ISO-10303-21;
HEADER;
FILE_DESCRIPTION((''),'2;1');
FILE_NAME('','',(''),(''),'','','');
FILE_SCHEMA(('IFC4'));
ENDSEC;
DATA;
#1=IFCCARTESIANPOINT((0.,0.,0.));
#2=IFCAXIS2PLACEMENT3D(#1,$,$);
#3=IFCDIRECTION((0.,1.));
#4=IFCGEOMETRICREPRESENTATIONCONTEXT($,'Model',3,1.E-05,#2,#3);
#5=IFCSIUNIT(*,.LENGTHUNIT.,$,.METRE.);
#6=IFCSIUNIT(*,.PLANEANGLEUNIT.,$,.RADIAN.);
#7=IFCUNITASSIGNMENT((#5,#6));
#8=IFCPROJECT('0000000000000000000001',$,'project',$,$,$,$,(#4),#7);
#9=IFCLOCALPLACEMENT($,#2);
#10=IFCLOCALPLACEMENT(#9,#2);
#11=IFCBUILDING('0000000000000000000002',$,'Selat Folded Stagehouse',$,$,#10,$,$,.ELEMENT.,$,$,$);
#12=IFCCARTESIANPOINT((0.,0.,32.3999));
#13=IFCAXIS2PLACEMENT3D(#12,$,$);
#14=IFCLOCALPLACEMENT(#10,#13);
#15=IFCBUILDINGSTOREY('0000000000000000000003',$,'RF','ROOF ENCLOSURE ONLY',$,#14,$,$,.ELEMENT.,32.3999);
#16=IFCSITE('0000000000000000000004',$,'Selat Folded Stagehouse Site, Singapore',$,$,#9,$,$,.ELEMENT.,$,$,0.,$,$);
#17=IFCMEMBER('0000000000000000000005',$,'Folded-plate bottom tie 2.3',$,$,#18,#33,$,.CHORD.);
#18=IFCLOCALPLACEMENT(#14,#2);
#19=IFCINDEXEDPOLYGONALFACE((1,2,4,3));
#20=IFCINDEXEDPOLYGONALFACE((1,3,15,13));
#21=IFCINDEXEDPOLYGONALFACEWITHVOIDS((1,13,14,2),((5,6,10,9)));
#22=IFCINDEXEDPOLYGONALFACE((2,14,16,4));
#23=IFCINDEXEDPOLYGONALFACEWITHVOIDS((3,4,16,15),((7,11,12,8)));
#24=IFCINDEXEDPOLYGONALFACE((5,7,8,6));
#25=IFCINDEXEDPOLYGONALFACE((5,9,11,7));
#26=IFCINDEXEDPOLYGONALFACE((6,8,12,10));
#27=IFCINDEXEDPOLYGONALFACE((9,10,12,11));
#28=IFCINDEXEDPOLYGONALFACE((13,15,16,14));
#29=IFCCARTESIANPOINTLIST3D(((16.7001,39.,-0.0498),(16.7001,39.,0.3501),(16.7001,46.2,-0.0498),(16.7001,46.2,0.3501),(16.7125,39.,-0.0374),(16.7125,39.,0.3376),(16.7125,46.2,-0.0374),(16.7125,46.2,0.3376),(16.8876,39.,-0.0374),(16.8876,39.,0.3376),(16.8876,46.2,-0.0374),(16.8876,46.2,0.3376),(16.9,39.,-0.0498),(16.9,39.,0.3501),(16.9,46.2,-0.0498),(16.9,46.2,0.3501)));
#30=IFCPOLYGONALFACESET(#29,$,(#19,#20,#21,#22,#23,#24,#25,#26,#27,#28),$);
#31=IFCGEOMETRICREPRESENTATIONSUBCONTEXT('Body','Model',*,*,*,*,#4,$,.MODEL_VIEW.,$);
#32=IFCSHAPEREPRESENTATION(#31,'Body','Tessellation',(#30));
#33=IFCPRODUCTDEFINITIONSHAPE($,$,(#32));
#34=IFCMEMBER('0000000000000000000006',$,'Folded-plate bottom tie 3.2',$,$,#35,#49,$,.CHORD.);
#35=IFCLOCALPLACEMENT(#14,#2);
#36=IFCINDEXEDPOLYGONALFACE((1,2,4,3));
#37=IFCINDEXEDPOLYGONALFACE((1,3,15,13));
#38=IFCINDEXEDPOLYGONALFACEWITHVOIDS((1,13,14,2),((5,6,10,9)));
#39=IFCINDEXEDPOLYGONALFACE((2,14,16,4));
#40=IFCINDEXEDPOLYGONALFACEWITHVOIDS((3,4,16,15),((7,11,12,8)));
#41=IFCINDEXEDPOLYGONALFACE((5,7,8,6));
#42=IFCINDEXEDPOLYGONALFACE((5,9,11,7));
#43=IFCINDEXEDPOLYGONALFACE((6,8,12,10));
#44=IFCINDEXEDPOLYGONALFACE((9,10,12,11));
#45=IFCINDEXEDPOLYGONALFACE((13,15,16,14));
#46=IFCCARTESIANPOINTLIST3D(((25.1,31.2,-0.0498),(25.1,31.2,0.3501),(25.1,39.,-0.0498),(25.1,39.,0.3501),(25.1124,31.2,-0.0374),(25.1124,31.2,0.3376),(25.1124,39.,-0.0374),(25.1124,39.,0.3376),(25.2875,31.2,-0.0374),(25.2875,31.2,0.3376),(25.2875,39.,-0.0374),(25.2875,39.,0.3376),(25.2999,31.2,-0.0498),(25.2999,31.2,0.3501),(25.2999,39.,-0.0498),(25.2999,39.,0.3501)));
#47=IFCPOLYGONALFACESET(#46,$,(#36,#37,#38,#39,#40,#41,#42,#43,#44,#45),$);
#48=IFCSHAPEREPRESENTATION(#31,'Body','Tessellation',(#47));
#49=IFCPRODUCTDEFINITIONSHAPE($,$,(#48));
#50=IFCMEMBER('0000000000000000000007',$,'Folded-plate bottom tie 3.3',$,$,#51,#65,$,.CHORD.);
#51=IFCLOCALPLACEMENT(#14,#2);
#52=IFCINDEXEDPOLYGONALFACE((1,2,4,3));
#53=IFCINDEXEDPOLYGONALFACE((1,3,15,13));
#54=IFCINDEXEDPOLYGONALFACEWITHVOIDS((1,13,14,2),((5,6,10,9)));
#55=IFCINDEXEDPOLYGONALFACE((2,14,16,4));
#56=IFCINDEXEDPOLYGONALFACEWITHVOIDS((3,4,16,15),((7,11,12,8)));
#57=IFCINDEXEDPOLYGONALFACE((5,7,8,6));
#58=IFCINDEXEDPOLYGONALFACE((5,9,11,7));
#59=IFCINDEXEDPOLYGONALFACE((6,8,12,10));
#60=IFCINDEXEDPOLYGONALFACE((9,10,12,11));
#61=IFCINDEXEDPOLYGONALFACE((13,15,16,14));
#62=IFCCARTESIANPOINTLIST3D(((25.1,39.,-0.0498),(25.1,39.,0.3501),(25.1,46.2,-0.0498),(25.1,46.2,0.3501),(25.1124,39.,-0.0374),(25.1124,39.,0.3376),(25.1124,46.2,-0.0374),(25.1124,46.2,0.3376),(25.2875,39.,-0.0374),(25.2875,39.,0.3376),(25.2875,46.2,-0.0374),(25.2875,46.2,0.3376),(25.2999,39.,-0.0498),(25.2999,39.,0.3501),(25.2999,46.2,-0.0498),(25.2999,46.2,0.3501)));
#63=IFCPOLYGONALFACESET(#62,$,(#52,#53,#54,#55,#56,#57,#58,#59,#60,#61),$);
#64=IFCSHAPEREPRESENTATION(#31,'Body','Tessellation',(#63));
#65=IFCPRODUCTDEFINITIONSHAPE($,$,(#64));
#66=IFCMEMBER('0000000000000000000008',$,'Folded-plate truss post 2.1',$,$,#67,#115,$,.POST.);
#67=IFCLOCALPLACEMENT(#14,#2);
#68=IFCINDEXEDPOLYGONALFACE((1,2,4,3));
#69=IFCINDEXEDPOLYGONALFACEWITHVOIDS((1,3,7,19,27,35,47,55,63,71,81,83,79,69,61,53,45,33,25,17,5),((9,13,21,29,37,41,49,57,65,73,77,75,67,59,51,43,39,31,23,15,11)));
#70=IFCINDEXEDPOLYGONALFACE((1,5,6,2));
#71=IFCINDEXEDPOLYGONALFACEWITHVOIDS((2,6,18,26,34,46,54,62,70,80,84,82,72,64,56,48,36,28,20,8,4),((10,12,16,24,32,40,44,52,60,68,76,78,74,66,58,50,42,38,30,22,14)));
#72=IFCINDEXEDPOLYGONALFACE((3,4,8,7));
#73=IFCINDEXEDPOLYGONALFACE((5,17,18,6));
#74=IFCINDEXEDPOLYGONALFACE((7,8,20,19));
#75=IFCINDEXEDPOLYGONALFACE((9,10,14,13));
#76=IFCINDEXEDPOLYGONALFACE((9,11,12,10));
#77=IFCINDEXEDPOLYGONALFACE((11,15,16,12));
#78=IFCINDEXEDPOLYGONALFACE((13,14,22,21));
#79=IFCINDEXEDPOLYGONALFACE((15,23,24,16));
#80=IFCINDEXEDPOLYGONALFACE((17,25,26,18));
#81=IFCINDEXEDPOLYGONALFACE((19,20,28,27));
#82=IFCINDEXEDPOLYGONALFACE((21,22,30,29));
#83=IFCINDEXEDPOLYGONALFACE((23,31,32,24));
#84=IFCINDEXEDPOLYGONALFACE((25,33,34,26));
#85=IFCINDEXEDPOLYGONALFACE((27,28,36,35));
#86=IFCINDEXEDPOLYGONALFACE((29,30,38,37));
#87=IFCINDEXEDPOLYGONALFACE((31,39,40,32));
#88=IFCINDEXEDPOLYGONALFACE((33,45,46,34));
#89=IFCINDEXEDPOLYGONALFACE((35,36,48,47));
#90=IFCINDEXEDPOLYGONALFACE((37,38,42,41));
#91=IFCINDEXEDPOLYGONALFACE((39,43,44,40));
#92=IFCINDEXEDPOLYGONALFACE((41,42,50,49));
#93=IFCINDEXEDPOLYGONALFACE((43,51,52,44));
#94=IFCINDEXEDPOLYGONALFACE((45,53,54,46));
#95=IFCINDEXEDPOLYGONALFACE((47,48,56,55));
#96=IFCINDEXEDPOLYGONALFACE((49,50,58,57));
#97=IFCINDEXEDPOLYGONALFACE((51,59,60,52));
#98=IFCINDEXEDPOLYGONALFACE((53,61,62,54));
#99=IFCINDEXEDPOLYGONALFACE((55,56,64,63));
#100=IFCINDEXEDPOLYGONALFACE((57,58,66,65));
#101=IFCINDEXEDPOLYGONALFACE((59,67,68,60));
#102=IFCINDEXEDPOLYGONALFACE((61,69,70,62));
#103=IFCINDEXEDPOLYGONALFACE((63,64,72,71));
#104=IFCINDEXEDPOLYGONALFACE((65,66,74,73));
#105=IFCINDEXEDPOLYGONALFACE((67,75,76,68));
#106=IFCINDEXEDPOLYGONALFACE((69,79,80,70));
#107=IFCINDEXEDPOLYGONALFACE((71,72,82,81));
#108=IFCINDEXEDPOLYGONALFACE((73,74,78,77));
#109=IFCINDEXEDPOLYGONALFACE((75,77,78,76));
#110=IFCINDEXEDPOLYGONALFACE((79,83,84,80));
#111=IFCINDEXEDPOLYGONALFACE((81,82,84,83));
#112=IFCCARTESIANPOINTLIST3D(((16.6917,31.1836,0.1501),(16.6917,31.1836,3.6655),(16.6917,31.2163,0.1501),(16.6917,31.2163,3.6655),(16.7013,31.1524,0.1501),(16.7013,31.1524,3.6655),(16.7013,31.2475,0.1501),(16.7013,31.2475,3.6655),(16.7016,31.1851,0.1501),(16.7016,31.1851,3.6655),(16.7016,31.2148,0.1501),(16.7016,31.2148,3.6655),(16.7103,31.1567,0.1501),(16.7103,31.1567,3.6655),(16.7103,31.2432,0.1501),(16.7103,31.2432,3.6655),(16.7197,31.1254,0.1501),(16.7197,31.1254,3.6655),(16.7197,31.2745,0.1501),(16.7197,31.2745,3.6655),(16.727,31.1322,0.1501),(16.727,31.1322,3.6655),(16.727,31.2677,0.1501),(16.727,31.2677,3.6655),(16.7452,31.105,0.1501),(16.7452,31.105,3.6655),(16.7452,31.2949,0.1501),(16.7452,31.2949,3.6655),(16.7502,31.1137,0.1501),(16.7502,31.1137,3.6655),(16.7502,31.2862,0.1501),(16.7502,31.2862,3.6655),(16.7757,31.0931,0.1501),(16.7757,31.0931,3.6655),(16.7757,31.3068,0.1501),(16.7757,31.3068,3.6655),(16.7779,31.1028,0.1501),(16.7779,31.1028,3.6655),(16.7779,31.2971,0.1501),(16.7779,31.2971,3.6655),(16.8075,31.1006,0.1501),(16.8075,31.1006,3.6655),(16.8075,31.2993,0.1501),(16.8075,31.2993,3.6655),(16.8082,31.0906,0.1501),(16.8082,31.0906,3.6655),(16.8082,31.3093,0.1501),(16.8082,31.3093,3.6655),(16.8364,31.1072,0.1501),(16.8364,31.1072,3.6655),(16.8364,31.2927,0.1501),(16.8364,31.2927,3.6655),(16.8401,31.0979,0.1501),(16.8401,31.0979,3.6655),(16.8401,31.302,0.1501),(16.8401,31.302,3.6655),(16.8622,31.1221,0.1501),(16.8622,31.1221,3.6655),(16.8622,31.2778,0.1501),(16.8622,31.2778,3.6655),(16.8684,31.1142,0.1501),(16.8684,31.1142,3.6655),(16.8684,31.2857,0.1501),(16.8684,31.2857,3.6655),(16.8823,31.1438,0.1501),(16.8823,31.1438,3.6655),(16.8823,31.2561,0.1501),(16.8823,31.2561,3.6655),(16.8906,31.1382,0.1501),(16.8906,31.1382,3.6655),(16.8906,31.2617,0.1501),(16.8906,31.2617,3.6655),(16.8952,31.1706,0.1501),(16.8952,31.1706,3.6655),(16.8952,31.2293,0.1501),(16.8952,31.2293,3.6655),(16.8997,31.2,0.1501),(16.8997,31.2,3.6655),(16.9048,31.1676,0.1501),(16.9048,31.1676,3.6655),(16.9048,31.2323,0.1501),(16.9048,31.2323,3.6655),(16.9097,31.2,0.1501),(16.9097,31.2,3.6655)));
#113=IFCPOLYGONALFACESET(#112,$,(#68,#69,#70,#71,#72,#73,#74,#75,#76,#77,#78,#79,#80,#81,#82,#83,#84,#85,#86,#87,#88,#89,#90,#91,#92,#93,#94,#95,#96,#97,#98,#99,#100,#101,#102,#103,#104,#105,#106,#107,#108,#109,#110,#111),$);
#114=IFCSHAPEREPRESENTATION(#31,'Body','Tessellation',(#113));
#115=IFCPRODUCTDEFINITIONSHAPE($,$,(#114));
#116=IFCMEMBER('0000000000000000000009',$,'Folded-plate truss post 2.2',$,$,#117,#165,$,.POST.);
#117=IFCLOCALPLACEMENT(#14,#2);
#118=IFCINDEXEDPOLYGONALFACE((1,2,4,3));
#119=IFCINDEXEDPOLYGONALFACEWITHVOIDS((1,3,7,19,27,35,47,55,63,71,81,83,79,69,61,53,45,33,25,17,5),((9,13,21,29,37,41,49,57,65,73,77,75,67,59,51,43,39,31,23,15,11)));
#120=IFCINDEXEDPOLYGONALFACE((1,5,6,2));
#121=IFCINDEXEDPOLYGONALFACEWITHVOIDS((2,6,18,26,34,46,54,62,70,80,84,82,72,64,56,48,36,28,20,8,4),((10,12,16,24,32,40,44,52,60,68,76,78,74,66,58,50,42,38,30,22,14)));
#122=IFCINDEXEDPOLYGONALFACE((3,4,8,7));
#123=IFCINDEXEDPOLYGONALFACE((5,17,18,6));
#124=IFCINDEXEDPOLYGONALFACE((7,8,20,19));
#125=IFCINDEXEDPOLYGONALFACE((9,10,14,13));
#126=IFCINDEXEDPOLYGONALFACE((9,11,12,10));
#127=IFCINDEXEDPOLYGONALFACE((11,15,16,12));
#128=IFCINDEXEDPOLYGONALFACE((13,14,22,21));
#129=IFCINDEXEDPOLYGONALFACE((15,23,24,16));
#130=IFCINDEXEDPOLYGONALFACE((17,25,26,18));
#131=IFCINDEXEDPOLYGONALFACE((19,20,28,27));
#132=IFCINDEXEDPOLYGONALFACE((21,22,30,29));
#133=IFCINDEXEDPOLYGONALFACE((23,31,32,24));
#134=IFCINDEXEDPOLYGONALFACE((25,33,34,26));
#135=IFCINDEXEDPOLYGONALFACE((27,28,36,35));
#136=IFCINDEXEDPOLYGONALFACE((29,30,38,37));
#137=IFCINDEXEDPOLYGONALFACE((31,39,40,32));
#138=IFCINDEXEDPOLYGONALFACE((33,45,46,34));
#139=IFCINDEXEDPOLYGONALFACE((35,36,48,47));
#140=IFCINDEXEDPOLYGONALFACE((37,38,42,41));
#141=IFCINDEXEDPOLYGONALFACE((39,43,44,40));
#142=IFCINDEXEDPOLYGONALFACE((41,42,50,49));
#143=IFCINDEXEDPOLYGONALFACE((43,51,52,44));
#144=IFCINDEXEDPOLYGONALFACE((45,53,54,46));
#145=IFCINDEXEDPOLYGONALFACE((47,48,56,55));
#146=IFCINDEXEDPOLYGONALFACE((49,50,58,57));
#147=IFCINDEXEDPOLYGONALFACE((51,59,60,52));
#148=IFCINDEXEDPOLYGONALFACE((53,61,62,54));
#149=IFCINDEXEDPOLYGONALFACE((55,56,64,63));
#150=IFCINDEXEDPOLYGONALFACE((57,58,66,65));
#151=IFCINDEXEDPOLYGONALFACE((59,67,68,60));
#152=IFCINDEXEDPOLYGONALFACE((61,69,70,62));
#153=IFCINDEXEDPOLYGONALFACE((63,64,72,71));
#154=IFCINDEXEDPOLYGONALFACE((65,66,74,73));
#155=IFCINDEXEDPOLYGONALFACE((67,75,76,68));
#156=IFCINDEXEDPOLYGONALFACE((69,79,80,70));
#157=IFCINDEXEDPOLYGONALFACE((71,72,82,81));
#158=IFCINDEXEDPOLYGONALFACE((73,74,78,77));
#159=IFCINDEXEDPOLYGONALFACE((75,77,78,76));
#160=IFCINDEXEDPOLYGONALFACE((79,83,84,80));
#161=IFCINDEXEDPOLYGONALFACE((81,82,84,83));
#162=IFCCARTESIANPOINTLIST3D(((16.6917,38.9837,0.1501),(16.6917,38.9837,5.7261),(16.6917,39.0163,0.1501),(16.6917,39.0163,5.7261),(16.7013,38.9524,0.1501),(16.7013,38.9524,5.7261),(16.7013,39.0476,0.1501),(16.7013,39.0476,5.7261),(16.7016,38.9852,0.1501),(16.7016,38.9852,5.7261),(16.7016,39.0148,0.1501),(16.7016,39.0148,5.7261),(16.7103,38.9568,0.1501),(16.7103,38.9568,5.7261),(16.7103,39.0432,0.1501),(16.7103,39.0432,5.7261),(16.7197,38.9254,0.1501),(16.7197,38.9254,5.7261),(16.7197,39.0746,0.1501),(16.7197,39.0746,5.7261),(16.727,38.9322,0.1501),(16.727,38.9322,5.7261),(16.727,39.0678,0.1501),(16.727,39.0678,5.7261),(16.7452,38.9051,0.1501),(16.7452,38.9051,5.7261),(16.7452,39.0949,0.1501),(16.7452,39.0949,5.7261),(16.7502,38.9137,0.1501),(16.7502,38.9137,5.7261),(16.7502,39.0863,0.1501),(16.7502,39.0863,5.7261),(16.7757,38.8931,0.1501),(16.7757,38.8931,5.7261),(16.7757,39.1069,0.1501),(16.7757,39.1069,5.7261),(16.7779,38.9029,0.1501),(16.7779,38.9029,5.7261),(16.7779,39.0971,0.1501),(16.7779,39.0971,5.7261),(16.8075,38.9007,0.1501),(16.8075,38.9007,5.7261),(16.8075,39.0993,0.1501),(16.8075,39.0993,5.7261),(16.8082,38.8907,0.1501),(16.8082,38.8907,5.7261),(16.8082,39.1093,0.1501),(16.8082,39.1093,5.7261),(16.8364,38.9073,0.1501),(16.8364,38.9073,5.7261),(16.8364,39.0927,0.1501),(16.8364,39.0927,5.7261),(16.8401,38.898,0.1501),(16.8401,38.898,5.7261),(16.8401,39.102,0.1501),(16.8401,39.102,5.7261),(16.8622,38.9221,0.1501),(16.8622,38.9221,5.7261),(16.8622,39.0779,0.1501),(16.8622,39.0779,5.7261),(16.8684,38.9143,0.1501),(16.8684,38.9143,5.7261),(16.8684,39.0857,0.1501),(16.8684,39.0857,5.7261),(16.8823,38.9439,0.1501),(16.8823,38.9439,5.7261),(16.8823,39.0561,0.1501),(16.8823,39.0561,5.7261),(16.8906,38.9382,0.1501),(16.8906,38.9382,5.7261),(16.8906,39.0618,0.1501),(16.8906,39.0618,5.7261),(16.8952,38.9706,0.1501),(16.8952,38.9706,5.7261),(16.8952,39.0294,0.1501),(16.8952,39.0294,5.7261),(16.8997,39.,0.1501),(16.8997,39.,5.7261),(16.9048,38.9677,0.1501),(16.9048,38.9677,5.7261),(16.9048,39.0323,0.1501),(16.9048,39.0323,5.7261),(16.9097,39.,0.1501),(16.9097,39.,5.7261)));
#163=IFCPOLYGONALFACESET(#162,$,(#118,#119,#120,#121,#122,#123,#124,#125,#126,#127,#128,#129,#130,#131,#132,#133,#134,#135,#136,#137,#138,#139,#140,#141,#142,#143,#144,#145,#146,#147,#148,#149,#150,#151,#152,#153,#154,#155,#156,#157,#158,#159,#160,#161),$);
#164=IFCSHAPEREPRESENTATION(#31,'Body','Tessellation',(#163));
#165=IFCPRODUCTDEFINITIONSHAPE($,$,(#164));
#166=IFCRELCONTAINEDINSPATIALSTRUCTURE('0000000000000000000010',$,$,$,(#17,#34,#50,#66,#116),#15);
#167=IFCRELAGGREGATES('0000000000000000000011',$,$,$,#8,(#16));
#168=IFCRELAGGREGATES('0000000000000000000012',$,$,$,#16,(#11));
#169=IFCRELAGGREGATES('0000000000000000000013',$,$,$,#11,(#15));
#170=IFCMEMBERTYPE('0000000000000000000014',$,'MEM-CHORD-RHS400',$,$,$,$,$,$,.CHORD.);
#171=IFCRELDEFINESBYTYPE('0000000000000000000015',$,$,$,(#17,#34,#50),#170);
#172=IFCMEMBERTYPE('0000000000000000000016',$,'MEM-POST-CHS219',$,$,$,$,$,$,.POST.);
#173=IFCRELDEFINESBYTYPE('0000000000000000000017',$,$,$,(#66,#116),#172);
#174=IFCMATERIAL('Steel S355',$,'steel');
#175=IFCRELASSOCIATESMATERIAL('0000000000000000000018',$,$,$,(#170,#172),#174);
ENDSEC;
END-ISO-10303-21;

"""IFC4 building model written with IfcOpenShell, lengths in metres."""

from ifc_helpers import new_model, si_unit, direction, frame, origin, origin_2d, place, context, subcontext, project, spatial, hollow_rectangle, hollow_circle, extrude, material, material_profile, profile_set, type_object, element, save


model = new_model("IFC4")

# Units and contexts
model_context = context("Model", 3, precision=1e-05, world=origin(), true_north=direction((0.0, 1.0)))
body_context = subcontext(model_context, "Body", "Model", "MODEL_VIEW")
ifc_project = project(units=[si_unit("LENGTHUNIT", "METRE"), si_unit("PLANEANGLEUNIT", "RADIAN")], contexts=[model_context])

# Site, building, storey
site_placement = place(None, origin())
site = spatial("IfcSite", under=ifc_project, at=site_placement, Name="Selat Folded Stagehouse Site, Singapore", CompositionType="ELEMENT", RefElevation=0.0)
building_placement = place(site_placement, origin())
building = spatial("IfcBuilding", under=site, at=building_placement, Name="Selat Folded Stagehouse", CompositionType="ELEMENT")
storey_placement = place(building_placement, frame((0.0, 0.0, 32.3999)))
storey = spatial("IfcBuildingStorey", under=building, at=storey_placement, Name="RF", Description="ROOF ENCLOSURE ONLY", CompositionType="ELEMENT", Elevation=32.3999)

# Shared definitions
ifc_material = material(Name="Steel S355", Category="steel")

# Members
ifc_material_profile_1 = material_profile(ifc_material, hollow_rectangle(XDim=0.2, YDim=0.3999, WallThickness=0.0125, at=origin_2d()), Name="RHS 400x200x12.5")
ifc_profile_set_1 = profile_set([ifc_material_profile_1], Name="Steel S355")
member_type_1 = type_object("IfcMemberType", Name="MEM-CHORD-RHS400", PredefinedType="CHORD", material=ifc_profile_set_1)
member_1_placement = place(storey_placement, frame((16.8, 39.0, 0.1501), z_axis=(0.0, 1.0, 0.0), x_axis=(-1.0, 0.0, 0.0)))
element("IfcMember", 1, at=member_1_placement, inside=storey, type_object=member_type_1, Name="Folded-plate bottom tie 2.3", PredefinedType="CHORD", context=body_context, shape_type="SweptSolid", body=[
    extrude(hollow_rectangle(XDim=0.2, YDim=0.3999, WallThickness=0.0125, at=origin_2d()), origin(), (0.0, 0.0, 1.0), 7.2),
])
member_2_placement = place(storey_placement, frame((25.2, 31.2, 0.1501), z_axis=(0.0, 1.0, 0.0), x_axis=(-1.0, 0.0, 0.0)))
element("IfcMember", 2, at=member_2_placement, inside=storey, type_object=member_type_1, Name="Folded-plate bottom tie 3.2", PredefinedType="CHORD", context=body_context, shape_type="SweptSolid", body=[
    extrude(hollow_rectangle(XDim=0.2, YDim=0.3999, WallThickness=0.0125, at=origin_2d()), origin(), (0.0, 0.0, 1.0), 7.8),
])
member_3_placement = place(storey_placement, frame((25.2, 39.0, 0.1501), z_axis=(0.0, 1.0, 0.0), x_axis=(-1.0, 0.0, 0.0)))
element("IfcMember", 3, at=member_3_placement, inside=storey, type_object=member_type_1, Name="Folded-plate bottom tie 3.3", PredefinedType="CHORD", context=body_context, shape_type="SweptSolid", body=[
    extrude(hollow_rectangle(XDim=0.2, YDim=0.3999, WallThickness=0.0125, at=origin_2d()), origin(), (0.0, 0.0, 1.0), 7.2),
])
ifc_material_profile_2 = material_profile(ifc_material, hollow_circle(Radius=0.1096, WallThickness=0.01, at=origin_2d()), Name="CHS 219.1x10.0")
ifc_profile_set_2 = profile_set([ifc_material_profile_2], Name="Steel S355")
member_type_2 = type_object("IfcMemberType", Name="MEM-POST-CHS219", PredefinedType="POST", material=ifc_profile_set_2)
member_4_placement = place(storey_placement, frame((16.8, 31.2, 0.1501), z_axis=(0.0, 0.0, 1.0), x_axis=(1.0, 0.0, 0.0)))
element("IfcMember", 4, at=member_4_placement, inside=storey, type_object=member_type_2, Name="Folded-plate truss post 2.1", PredefinedType="POST", context=body_context, shape_type="SweptSolid", body=[
    extrude(hollow_circle(Radius=0.1096, WallThickness=0.01, at=origin_2d()), origin(), (0.0, 0.0, 1.0), 3.5154),
])
member_5_placement = place(storey_placement, frame((16.8, 39.0, 0.1501), z_axis=(0.0, 0.0, 1.0), x_axis=(1.0, 0.0, 0.0)))
element("IfcMember", 5, at=member_5_placement, inside=storey, type_object=member_type_2, Name="Folded-plate truss post 2.2", PredefinedType="POST", context=body_context, shape_type="SweptSolid", body=[
    extrude(hollow_circle(Radius=0.1096, WallThickness=0.01, at=origin_2d()), origin(), (0.0, 0.0, 1.0), 5.5759),
])

save(model, "model.ifc")
